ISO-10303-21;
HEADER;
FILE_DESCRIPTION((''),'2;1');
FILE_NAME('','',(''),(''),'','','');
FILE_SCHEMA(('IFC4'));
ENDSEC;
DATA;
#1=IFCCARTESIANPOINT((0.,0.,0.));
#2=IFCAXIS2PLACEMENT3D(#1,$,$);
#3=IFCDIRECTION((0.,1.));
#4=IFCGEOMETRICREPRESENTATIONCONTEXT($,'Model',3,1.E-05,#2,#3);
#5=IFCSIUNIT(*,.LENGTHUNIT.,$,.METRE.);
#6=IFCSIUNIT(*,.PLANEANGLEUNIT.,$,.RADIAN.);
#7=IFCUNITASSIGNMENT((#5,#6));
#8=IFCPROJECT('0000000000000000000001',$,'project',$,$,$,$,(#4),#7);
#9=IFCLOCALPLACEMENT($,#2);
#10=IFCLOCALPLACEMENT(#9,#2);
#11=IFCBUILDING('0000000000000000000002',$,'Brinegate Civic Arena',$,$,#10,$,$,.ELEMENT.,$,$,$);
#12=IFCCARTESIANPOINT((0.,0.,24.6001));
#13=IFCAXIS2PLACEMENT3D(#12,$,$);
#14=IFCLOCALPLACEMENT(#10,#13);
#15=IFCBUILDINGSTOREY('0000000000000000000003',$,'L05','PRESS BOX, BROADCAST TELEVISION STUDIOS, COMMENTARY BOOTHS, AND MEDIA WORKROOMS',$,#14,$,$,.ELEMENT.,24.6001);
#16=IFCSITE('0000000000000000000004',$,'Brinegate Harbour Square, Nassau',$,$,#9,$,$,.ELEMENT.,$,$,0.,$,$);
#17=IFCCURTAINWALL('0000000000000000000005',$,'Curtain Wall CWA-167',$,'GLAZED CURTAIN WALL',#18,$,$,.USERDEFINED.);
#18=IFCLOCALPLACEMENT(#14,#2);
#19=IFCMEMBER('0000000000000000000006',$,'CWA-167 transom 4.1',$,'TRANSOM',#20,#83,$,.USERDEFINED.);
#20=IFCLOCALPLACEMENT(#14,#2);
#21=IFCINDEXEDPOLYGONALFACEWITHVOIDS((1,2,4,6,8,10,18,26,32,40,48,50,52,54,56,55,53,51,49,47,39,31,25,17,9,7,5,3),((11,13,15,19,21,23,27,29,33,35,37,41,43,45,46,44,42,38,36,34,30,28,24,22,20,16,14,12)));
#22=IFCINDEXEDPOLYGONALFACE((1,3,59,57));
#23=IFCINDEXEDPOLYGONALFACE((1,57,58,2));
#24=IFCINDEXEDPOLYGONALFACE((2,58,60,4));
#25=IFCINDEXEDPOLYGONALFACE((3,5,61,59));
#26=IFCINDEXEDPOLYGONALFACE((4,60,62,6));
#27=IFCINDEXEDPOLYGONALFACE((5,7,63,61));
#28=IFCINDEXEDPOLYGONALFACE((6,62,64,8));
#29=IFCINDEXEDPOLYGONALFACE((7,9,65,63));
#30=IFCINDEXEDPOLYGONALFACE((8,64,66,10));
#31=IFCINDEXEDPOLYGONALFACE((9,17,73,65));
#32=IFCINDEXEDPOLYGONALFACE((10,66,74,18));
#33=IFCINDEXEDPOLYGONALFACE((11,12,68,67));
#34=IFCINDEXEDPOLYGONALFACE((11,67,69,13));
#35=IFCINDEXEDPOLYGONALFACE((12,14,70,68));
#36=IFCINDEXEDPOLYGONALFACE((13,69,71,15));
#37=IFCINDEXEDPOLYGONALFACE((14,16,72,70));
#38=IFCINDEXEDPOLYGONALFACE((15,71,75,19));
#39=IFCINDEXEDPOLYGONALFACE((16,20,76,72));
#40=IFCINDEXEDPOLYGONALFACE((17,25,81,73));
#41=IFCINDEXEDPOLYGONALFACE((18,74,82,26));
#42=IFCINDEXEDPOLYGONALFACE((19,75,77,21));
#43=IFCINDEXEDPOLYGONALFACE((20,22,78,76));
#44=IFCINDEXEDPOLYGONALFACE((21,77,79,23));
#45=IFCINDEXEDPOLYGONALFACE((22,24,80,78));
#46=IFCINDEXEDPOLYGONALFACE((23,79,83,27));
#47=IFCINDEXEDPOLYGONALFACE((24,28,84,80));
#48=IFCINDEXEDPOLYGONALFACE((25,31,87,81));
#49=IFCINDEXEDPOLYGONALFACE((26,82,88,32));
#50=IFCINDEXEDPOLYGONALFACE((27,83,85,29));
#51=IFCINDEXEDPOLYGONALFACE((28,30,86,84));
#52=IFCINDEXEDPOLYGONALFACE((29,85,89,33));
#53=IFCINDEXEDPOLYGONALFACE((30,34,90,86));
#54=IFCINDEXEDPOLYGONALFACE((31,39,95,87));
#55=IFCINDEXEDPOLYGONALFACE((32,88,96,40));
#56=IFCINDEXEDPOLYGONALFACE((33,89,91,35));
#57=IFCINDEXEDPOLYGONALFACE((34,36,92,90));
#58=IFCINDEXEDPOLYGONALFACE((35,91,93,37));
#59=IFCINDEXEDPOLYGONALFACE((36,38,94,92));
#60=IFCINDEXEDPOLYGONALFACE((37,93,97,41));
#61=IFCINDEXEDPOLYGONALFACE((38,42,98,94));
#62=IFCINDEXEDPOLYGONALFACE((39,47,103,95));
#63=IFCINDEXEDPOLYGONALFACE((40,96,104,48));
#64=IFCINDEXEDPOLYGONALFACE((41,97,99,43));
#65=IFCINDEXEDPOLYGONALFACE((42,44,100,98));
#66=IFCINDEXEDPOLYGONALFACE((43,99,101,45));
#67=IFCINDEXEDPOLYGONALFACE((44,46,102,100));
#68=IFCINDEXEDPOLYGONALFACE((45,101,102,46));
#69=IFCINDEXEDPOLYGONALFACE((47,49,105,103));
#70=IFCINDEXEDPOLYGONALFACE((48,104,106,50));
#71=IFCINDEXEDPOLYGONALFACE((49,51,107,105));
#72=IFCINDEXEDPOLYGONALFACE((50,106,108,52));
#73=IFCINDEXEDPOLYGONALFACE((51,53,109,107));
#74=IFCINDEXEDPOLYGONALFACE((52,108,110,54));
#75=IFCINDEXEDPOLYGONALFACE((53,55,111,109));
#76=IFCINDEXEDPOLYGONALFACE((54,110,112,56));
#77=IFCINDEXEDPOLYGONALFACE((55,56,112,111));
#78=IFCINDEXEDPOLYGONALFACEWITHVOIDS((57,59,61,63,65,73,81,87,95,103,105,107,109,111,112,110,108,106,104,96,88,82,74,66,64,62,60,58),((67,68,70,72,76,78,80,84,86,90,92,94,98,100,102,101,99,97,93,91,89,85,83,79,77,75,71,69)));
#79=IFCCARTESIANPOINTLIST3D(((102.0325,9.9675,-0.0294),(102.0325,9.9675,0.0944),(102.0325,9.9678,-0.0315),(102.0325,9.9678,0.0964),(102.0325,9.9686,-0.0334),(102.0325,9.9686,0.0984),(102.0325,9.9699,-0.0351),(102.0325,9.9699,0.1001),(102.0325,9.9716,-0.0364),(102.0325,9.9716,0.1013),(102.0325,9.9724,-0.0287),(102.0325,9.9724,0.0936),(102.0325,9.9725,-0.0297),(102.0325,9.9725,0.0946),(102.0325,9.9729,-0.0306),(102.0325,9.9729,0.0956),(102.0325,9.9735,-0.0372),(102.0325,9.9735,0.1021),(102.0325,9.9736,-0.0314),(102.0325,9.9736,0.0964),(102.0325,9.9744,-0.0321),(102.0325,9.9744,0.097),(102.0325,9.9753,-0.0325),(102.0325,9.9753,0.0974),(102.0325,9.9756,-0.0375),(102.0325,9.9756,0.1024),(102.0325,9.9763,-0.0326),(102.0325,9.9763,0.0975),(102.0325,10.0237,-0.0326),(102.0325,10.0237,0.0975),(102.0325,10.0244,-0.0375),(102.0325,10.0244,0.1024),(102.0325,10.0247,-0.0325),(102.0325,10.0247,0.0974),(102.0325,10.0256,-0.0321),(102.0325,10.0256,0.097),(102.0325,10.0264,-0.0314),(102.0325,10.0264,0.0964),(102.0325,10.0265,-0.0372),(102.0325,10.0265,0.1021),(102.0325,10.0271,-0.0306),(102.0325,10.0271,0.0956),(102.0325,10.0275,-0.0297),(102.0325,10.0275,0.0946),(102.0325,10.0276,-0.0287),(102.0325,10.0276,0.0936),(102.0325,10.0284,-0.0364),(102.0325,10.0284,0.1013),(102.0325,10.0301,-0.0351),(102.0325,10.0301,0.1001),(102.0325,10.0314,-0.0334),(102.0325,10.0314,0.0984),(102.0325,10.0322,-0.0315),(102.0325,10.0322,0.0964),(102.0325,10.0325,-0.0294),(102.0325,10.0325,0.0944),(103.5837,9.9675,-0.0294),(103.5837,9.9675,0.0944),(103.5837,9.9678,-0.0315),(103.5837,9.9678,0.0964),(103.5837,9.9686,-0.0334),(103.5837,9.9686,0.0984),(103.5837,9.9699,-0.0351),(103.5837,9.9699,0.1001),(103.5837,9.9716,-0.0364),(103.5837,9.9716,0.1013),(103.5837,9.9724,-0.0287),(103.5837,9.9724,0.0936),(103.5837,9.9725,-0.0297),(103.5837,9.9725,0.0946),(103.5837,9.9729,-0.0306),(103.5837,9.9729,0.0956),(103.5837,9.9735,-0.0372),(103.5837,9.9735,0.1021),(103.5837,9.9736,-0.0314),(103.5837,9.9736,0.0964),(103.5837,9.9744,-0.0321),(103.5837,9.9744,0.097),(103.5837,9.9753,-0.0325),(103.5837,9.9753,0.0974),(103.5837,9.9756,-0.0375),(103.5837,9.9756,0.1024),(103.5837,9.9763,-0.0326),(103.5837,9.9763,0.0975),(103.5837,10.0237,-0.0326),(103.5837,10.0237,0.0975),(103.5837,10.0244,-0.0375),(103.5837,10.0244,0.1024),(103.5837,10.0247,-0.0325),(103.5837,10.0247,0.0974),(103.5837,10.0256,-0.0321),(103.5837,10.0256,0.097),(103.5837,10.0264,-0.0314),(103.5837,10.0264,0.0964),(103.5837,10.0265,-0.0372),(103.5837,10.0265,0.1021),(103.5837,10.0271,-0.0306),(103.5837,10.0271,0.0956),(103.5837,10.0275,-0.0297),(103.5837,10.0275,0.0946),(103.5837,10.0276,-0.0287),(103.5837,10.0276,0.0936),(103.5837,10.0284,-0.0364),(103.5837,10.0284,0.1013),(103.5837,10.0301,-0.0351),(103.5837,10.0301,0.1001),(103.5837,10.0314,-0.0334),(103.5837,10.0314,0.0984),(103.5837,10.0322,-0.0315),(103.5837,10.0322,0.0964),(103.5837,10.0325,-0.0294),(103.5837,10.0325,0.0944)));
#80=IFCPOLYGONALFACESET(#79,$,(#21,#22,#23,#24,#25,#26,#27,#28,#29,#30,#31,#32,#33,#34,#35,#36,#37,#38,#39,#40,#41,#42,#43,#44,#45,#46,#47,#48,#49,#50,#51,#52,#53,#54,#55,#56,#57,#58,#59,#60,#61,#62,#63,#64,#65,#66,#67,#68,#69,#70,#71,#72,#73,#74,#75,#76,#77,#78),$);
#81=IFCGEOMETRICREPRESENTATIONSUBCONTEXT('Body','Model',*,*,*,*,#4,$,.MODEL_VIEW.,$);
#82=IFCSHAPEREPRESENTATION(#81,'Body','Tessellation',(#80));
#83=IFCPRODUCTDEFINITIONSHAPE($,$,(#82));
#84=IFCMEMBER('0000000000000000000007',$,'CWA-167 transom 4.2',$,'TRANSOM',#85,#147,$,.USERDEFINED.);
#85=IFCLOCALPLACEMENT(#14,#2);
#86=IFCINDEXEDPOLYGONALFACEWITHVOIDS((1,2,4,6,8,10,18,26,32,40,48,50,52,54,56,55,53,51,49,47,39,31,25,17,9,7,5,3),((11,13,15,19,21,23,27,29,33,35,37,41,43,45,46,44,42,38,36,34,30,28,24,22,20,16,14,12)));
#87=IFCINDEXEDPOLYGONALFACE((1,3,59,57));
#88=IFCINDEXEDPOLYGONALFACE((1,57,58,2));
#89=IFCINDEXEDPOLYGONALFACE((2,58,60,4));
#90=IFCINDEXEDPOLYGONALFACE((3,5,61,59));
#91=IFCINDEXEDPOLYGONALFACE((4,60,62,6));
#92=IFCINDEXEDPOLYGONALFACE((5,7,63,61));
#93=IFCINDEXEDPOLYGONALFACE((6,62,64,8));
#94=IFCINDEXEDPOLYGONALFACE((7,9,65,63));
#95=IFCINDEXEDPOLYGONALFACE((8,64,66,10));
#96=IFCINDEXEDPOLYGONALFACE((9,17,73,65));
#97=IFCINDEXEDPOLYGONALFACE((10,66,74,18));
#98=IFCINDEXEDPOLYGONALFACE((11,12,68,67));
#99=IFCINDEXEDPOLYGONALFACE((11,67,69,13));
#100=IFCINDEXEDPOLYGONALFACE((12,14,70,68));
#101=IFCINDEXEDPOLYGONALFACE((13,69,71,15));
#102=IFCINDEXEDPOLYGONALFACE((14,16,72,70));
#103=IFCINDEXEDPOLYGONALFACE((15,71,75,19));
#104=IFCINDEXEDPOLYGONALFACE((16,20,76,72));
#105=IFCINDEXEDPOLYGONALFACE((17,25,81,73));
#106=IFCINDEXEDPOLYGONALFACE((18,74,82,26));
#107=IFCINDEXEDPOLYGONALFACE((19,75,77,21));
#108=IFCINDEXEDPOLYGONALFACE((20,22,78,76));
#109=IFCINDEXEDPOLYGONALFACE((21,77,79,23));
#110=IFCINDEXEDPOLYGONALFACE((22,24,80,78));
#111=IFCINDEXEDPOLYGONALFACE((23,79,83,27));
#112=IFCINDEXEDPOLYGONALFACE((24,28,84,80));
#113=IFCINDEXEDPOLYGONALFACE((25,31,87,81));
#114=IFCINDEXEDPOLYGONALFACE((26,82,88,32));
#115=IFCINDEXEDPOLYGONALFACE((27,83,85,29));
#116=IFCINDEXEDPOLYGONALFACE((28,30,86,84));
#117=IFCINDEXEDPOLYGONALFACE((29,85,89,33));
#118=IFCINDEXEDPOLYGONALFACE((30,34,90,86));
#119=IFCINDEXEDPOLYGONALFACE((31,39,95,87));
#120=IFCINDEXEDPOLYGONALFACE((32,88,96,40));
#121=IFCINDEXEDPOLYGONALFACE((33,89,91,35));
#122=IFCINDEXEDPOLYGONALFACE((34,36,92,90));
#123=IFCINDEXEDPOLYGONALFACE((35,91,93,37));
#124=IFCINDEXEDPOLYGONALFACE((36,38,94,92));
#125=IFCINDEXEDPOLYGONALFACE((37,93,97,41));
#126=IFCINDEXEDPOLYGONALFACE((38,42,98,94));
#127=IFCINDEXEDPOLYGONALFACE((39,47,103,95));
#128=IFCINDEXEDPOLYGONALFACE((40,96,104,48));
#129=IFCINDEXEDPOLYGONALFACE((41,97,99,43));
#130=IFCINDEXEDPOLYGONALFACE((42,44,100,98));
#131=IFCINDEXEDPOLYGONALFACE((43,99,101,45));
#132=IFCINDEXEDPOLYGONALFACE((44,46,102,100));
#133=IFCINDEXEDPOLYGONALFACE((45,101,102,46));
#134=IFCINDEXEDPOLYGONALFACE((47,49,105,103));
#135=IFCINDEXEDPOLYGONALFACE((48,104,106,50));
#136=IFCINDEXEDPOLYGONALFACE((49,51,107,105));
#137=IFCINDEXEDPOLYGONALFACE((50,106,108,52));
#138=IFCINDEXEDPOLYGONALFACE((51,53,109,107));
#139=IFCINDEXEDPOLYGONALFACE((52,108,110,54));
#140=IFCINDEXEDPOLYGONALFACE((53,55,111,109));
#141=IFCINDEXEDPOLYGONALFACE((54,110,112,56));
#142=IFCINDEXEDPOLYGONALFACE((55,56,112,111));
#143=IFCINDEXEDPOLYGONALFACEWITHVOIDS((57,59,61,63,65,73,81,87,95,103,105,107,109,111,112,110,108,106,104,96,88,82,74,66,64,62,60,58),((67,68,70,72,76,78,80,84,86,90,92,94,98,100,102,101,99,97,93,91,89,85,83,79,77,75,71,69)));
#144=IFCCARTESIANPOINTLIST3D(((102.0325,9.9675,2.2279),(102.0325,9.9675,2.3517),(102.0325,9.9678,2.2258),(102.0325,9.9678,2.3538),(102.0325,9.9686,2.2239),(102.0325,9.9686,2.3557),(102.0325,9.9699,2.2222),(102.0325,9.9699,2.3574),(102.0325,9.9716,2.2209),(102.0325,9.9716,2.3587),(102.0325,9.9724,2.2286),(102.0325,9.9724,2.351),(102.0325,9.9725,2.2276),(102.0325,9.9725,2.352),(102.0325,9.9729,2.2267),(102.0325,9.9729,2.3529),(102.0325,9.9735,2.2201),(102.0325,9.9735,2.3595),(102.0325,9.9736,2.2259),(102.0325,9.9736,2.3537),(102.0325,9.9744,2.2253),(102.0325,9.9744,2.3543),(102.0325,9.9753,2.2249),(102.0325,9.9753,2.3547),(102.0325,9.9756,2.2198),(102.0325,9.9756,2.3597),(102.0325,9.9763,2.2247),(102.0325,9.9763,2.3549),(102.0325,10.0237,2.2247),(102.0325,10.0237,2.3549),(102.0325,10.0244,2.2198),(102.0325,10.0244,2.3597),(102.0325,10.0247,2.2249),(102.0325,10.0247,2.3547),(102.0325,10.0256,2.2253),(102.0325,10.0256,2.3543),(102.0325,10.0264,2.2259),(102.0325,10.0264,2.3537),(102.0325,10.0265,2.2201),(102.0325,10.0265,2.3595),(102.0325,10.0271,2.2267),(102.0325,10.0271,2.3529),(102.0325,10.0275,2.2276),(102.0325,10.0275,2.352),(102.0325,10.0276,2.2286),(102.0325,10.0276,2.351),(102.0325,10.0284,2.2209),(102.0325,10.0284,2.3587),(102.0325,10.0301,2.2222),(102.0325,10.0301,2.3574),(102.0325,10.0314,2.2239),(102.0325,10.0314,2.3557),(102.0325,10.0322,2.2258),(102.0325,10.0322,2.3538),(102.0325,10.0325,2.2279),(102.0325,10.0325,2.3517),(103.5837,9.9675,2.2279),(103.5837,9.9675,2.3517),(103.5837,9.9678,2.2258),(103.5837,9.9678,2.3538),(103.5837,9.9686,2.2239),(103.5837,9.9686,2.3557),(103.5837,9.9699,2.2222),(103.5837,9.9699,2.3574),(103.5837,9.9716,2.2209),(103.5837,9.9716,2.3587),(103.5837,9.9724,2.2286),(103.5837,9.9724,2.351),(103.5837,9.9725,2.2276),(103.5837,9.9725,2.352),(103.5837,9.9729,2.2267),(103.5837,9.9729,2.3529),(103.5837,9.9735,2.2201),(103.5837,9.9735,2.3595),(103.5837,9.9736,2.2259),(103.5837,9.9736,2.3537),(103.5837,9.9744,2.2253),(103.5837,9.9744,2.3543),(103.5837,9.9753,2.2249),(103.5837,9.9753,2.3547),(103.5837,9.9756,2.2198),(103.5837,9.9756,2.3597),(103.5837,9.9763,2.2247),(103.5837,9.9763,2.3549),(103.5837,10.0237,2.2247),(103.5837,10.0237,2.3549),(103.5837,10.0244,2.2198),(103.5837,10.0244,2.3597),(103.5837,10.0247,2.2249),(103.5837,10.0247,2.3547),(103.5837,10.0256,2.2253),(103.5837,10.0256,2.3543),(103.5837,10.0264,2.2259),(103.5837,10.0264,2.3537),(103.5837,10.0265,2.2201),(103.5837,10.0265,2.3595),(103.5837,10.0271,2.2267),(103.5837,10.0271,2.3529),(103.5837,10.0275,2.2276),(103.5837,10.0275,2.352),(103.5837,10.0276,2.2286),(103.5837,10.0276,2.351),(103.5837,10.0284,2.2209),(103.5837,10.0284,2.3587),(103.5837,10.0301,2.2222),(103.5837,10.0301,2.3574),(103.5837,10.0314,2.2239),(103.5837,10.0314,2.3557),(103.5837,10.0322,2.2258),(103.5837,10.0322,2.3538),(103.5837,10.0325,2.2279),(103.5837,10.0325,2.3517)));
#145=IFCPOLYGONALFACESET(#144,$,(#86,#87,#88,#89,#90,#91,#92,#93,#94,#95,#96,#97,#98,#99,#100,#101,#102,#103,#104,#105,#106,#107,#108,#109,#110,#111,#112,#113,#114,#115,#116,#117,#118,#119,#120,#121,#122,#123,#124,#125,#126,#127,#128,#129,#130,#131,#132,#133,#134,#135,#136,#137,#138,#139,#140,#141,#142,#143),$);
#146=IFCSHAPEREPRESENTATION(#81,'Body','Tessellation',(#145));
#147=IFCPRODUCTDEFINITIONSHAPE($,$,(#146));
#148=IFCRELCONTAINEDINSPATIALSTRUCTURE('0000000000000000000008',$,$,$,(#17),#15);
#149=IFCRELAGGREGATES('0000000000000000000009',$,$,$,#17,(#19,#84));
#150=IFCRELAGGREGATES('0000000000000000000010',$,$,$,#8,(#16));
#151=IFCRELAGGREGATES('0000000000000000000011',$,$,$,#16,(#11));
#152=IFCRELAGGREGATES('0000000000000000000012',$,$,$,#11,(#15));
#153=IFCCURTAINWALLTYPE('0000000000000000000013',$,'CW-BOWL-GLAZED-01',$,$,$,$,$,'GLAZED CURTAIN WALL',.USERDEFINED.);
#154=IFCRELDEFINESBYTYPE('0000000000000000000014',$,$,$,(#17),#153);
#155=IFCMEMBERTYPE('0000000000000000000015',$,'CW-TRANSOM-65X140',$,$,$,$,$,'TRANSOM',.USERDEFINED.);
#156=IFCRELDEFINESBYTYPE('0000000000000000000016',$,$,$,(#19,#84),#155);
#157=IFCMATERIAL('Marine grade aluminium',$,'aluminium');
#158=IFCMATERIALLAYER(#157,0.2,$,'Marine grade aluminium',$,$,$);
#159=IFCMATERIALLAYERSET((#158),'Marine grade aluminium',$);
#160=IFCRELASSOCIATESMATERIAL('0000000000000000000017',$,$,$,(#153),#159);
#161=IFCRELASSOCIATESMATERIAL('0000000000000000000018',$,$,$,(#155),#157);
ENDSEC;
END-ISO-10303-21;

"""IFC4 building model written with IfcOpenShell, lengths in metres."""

from ifc_helpers import new_model, si_unit, direction, frame, origin, origin_2d, place, context, subcontext, project, spatial, hollow_rectangle, extrude, material, layer, layer_set, material_profile, profile_set, type_object, element, aggregate, save


model = new_model("IFC4")

# Units and contexts
model_context = context("Model", 3, precision=1e-05, world=origin(), true_north=direction((0.0, 1.0)))
body_context = subcontext(model_context, "Body", "Model", "MODEL_VIEW")
ifc_project = project(units=[si_unit("LENGTHUNIT", "METRE"), si_unit("PLANEANGLEUNIT", "RADIAN")], contexts=[model_context])

# Site, building, storey
site_placement = place(None, origin())
site = spatial("IfcSite", under=ifc_project, at=site_placement, Name="Brinegate Harbour Square, Nassau", CompositionType="ELEMENT", RefElevation=0.0)
building_placement = place(site_placement, origin())
building = spatial("IfcBuilding", under=site, at=building_placement, Name="Brinegate Civic Arena", CompositionType="ELEMENT")
storey_placement = place(building_placement, frame((0.0, 0.0, 24.6001)))
storey = spatial("IfcBuildingStorey", under=building, at=storey_placement, Name="L05", Description="PRESS BOX, BROADCAST TELEVISION STUDIOS, COMMENTARY BOOTHS, AND MEDIA WORKROOMS", CompositionType="ELEMENT", Elevation=24.6001)

# Curtain wall, members
ifc_material_1 = material(Name="Marine grade aluminium", Category="aluminium")
ifc_layer_1 = layer(ifc_material_1, 0.2, Name="Marine grade aluminium")
ifc_layer_set_1 = layer_set([ifc_layer_1], Name="Marine grade aluminium")
curtain_wall_type = type_object("IfcCurtainWallType", Name="CW-BOWL-GLAZED-01", ElementType="GLAZED CURTAIN WALL", PredefinedType="USERDEFINED", material=ifc_layer_set_1)
curtain_wall_placement = place(storey_placement, origin())
curtain_wall = element("IfcCurtainWall", 1, at=curtain_wall_placement, inside=storey, type_object=curtain_wall_type, Name="Curtain Wall CWA-167", ObjectType="GLAZED CURTAIN WALL", PredefinedType="USERDEFINED")
ifc_material_profile_1 = material_profile(ifc_material_1, hollow_rectangle(XDim=0.0649, YDim=0.1399, WallThickness=0.0049, InnerFilletRadius=0.0039, OuterFilletRadius=0.0081, at=origin_2d()), Name="TRN65X140")
ifc_profile_set_1 = profile_set([ifc_material_profile_1], Name="Marine grade aluminium")
member_type_1 = type_object("IfcMemberType", Name="CW-TRANSOM-65X140", ElementType="TRANSOM", PredefinedType="USERDEFINED", material=ifc_profile_set_1)
member_1_placement = place(storey_placement, frame((102.0325, 10.0, 0.0325), z_axis=(1.0, 0.0, 0.0), x_axis=(0.0, 1.0, 0.0)))
member_1 = element("IfcMember", 2, at=member_1_placement, type_object=member_type_1, Name="CWA-167 transom 4.1", ObjectType="TRANSOM", PredefinedType="USERDEFINED", context=body_context, shape_type="SweptSolid", body=[
    extrude(hollow_rectangle(XDim=0.0649, YDim=0.1399, WallThickness=0.0049, InnerFilletRadius=0.0039, OuterFilletRadius=0.0081, at=origin_2d()), origin(), (0.0, 0.0, 1.0), 1.5513),
])
member_2_placement = place(storey_placement, frame((102.0325, 10.0, 2.2898), z_axis=(1.0, 0.0, 0.0), x_axis=(0.0, 1.0, 0.0)))
member_2 = element("IfcMember", 3, at=member_2_placement, type_object=member_type_1, Name="CWA-167 transom 4.2", ObjectType="TRANSOM", PredefinedType="USERDEFINED", context=body_context, shape_type="SweptSolid", body=[
    extrude(hollow_rectangle(XDim=0.0649, YDim=0.1399, WallThickness=0.0049, InnerFilletRadius=0.0039, OuterFilletRadius=0.0081, at=origin_2d()), origin(), (0.0, 0.0, 1.0), 1.5513),
])
aggregate(curtain_wall, [member_1, member_2])

save(model, "model.ifc")
